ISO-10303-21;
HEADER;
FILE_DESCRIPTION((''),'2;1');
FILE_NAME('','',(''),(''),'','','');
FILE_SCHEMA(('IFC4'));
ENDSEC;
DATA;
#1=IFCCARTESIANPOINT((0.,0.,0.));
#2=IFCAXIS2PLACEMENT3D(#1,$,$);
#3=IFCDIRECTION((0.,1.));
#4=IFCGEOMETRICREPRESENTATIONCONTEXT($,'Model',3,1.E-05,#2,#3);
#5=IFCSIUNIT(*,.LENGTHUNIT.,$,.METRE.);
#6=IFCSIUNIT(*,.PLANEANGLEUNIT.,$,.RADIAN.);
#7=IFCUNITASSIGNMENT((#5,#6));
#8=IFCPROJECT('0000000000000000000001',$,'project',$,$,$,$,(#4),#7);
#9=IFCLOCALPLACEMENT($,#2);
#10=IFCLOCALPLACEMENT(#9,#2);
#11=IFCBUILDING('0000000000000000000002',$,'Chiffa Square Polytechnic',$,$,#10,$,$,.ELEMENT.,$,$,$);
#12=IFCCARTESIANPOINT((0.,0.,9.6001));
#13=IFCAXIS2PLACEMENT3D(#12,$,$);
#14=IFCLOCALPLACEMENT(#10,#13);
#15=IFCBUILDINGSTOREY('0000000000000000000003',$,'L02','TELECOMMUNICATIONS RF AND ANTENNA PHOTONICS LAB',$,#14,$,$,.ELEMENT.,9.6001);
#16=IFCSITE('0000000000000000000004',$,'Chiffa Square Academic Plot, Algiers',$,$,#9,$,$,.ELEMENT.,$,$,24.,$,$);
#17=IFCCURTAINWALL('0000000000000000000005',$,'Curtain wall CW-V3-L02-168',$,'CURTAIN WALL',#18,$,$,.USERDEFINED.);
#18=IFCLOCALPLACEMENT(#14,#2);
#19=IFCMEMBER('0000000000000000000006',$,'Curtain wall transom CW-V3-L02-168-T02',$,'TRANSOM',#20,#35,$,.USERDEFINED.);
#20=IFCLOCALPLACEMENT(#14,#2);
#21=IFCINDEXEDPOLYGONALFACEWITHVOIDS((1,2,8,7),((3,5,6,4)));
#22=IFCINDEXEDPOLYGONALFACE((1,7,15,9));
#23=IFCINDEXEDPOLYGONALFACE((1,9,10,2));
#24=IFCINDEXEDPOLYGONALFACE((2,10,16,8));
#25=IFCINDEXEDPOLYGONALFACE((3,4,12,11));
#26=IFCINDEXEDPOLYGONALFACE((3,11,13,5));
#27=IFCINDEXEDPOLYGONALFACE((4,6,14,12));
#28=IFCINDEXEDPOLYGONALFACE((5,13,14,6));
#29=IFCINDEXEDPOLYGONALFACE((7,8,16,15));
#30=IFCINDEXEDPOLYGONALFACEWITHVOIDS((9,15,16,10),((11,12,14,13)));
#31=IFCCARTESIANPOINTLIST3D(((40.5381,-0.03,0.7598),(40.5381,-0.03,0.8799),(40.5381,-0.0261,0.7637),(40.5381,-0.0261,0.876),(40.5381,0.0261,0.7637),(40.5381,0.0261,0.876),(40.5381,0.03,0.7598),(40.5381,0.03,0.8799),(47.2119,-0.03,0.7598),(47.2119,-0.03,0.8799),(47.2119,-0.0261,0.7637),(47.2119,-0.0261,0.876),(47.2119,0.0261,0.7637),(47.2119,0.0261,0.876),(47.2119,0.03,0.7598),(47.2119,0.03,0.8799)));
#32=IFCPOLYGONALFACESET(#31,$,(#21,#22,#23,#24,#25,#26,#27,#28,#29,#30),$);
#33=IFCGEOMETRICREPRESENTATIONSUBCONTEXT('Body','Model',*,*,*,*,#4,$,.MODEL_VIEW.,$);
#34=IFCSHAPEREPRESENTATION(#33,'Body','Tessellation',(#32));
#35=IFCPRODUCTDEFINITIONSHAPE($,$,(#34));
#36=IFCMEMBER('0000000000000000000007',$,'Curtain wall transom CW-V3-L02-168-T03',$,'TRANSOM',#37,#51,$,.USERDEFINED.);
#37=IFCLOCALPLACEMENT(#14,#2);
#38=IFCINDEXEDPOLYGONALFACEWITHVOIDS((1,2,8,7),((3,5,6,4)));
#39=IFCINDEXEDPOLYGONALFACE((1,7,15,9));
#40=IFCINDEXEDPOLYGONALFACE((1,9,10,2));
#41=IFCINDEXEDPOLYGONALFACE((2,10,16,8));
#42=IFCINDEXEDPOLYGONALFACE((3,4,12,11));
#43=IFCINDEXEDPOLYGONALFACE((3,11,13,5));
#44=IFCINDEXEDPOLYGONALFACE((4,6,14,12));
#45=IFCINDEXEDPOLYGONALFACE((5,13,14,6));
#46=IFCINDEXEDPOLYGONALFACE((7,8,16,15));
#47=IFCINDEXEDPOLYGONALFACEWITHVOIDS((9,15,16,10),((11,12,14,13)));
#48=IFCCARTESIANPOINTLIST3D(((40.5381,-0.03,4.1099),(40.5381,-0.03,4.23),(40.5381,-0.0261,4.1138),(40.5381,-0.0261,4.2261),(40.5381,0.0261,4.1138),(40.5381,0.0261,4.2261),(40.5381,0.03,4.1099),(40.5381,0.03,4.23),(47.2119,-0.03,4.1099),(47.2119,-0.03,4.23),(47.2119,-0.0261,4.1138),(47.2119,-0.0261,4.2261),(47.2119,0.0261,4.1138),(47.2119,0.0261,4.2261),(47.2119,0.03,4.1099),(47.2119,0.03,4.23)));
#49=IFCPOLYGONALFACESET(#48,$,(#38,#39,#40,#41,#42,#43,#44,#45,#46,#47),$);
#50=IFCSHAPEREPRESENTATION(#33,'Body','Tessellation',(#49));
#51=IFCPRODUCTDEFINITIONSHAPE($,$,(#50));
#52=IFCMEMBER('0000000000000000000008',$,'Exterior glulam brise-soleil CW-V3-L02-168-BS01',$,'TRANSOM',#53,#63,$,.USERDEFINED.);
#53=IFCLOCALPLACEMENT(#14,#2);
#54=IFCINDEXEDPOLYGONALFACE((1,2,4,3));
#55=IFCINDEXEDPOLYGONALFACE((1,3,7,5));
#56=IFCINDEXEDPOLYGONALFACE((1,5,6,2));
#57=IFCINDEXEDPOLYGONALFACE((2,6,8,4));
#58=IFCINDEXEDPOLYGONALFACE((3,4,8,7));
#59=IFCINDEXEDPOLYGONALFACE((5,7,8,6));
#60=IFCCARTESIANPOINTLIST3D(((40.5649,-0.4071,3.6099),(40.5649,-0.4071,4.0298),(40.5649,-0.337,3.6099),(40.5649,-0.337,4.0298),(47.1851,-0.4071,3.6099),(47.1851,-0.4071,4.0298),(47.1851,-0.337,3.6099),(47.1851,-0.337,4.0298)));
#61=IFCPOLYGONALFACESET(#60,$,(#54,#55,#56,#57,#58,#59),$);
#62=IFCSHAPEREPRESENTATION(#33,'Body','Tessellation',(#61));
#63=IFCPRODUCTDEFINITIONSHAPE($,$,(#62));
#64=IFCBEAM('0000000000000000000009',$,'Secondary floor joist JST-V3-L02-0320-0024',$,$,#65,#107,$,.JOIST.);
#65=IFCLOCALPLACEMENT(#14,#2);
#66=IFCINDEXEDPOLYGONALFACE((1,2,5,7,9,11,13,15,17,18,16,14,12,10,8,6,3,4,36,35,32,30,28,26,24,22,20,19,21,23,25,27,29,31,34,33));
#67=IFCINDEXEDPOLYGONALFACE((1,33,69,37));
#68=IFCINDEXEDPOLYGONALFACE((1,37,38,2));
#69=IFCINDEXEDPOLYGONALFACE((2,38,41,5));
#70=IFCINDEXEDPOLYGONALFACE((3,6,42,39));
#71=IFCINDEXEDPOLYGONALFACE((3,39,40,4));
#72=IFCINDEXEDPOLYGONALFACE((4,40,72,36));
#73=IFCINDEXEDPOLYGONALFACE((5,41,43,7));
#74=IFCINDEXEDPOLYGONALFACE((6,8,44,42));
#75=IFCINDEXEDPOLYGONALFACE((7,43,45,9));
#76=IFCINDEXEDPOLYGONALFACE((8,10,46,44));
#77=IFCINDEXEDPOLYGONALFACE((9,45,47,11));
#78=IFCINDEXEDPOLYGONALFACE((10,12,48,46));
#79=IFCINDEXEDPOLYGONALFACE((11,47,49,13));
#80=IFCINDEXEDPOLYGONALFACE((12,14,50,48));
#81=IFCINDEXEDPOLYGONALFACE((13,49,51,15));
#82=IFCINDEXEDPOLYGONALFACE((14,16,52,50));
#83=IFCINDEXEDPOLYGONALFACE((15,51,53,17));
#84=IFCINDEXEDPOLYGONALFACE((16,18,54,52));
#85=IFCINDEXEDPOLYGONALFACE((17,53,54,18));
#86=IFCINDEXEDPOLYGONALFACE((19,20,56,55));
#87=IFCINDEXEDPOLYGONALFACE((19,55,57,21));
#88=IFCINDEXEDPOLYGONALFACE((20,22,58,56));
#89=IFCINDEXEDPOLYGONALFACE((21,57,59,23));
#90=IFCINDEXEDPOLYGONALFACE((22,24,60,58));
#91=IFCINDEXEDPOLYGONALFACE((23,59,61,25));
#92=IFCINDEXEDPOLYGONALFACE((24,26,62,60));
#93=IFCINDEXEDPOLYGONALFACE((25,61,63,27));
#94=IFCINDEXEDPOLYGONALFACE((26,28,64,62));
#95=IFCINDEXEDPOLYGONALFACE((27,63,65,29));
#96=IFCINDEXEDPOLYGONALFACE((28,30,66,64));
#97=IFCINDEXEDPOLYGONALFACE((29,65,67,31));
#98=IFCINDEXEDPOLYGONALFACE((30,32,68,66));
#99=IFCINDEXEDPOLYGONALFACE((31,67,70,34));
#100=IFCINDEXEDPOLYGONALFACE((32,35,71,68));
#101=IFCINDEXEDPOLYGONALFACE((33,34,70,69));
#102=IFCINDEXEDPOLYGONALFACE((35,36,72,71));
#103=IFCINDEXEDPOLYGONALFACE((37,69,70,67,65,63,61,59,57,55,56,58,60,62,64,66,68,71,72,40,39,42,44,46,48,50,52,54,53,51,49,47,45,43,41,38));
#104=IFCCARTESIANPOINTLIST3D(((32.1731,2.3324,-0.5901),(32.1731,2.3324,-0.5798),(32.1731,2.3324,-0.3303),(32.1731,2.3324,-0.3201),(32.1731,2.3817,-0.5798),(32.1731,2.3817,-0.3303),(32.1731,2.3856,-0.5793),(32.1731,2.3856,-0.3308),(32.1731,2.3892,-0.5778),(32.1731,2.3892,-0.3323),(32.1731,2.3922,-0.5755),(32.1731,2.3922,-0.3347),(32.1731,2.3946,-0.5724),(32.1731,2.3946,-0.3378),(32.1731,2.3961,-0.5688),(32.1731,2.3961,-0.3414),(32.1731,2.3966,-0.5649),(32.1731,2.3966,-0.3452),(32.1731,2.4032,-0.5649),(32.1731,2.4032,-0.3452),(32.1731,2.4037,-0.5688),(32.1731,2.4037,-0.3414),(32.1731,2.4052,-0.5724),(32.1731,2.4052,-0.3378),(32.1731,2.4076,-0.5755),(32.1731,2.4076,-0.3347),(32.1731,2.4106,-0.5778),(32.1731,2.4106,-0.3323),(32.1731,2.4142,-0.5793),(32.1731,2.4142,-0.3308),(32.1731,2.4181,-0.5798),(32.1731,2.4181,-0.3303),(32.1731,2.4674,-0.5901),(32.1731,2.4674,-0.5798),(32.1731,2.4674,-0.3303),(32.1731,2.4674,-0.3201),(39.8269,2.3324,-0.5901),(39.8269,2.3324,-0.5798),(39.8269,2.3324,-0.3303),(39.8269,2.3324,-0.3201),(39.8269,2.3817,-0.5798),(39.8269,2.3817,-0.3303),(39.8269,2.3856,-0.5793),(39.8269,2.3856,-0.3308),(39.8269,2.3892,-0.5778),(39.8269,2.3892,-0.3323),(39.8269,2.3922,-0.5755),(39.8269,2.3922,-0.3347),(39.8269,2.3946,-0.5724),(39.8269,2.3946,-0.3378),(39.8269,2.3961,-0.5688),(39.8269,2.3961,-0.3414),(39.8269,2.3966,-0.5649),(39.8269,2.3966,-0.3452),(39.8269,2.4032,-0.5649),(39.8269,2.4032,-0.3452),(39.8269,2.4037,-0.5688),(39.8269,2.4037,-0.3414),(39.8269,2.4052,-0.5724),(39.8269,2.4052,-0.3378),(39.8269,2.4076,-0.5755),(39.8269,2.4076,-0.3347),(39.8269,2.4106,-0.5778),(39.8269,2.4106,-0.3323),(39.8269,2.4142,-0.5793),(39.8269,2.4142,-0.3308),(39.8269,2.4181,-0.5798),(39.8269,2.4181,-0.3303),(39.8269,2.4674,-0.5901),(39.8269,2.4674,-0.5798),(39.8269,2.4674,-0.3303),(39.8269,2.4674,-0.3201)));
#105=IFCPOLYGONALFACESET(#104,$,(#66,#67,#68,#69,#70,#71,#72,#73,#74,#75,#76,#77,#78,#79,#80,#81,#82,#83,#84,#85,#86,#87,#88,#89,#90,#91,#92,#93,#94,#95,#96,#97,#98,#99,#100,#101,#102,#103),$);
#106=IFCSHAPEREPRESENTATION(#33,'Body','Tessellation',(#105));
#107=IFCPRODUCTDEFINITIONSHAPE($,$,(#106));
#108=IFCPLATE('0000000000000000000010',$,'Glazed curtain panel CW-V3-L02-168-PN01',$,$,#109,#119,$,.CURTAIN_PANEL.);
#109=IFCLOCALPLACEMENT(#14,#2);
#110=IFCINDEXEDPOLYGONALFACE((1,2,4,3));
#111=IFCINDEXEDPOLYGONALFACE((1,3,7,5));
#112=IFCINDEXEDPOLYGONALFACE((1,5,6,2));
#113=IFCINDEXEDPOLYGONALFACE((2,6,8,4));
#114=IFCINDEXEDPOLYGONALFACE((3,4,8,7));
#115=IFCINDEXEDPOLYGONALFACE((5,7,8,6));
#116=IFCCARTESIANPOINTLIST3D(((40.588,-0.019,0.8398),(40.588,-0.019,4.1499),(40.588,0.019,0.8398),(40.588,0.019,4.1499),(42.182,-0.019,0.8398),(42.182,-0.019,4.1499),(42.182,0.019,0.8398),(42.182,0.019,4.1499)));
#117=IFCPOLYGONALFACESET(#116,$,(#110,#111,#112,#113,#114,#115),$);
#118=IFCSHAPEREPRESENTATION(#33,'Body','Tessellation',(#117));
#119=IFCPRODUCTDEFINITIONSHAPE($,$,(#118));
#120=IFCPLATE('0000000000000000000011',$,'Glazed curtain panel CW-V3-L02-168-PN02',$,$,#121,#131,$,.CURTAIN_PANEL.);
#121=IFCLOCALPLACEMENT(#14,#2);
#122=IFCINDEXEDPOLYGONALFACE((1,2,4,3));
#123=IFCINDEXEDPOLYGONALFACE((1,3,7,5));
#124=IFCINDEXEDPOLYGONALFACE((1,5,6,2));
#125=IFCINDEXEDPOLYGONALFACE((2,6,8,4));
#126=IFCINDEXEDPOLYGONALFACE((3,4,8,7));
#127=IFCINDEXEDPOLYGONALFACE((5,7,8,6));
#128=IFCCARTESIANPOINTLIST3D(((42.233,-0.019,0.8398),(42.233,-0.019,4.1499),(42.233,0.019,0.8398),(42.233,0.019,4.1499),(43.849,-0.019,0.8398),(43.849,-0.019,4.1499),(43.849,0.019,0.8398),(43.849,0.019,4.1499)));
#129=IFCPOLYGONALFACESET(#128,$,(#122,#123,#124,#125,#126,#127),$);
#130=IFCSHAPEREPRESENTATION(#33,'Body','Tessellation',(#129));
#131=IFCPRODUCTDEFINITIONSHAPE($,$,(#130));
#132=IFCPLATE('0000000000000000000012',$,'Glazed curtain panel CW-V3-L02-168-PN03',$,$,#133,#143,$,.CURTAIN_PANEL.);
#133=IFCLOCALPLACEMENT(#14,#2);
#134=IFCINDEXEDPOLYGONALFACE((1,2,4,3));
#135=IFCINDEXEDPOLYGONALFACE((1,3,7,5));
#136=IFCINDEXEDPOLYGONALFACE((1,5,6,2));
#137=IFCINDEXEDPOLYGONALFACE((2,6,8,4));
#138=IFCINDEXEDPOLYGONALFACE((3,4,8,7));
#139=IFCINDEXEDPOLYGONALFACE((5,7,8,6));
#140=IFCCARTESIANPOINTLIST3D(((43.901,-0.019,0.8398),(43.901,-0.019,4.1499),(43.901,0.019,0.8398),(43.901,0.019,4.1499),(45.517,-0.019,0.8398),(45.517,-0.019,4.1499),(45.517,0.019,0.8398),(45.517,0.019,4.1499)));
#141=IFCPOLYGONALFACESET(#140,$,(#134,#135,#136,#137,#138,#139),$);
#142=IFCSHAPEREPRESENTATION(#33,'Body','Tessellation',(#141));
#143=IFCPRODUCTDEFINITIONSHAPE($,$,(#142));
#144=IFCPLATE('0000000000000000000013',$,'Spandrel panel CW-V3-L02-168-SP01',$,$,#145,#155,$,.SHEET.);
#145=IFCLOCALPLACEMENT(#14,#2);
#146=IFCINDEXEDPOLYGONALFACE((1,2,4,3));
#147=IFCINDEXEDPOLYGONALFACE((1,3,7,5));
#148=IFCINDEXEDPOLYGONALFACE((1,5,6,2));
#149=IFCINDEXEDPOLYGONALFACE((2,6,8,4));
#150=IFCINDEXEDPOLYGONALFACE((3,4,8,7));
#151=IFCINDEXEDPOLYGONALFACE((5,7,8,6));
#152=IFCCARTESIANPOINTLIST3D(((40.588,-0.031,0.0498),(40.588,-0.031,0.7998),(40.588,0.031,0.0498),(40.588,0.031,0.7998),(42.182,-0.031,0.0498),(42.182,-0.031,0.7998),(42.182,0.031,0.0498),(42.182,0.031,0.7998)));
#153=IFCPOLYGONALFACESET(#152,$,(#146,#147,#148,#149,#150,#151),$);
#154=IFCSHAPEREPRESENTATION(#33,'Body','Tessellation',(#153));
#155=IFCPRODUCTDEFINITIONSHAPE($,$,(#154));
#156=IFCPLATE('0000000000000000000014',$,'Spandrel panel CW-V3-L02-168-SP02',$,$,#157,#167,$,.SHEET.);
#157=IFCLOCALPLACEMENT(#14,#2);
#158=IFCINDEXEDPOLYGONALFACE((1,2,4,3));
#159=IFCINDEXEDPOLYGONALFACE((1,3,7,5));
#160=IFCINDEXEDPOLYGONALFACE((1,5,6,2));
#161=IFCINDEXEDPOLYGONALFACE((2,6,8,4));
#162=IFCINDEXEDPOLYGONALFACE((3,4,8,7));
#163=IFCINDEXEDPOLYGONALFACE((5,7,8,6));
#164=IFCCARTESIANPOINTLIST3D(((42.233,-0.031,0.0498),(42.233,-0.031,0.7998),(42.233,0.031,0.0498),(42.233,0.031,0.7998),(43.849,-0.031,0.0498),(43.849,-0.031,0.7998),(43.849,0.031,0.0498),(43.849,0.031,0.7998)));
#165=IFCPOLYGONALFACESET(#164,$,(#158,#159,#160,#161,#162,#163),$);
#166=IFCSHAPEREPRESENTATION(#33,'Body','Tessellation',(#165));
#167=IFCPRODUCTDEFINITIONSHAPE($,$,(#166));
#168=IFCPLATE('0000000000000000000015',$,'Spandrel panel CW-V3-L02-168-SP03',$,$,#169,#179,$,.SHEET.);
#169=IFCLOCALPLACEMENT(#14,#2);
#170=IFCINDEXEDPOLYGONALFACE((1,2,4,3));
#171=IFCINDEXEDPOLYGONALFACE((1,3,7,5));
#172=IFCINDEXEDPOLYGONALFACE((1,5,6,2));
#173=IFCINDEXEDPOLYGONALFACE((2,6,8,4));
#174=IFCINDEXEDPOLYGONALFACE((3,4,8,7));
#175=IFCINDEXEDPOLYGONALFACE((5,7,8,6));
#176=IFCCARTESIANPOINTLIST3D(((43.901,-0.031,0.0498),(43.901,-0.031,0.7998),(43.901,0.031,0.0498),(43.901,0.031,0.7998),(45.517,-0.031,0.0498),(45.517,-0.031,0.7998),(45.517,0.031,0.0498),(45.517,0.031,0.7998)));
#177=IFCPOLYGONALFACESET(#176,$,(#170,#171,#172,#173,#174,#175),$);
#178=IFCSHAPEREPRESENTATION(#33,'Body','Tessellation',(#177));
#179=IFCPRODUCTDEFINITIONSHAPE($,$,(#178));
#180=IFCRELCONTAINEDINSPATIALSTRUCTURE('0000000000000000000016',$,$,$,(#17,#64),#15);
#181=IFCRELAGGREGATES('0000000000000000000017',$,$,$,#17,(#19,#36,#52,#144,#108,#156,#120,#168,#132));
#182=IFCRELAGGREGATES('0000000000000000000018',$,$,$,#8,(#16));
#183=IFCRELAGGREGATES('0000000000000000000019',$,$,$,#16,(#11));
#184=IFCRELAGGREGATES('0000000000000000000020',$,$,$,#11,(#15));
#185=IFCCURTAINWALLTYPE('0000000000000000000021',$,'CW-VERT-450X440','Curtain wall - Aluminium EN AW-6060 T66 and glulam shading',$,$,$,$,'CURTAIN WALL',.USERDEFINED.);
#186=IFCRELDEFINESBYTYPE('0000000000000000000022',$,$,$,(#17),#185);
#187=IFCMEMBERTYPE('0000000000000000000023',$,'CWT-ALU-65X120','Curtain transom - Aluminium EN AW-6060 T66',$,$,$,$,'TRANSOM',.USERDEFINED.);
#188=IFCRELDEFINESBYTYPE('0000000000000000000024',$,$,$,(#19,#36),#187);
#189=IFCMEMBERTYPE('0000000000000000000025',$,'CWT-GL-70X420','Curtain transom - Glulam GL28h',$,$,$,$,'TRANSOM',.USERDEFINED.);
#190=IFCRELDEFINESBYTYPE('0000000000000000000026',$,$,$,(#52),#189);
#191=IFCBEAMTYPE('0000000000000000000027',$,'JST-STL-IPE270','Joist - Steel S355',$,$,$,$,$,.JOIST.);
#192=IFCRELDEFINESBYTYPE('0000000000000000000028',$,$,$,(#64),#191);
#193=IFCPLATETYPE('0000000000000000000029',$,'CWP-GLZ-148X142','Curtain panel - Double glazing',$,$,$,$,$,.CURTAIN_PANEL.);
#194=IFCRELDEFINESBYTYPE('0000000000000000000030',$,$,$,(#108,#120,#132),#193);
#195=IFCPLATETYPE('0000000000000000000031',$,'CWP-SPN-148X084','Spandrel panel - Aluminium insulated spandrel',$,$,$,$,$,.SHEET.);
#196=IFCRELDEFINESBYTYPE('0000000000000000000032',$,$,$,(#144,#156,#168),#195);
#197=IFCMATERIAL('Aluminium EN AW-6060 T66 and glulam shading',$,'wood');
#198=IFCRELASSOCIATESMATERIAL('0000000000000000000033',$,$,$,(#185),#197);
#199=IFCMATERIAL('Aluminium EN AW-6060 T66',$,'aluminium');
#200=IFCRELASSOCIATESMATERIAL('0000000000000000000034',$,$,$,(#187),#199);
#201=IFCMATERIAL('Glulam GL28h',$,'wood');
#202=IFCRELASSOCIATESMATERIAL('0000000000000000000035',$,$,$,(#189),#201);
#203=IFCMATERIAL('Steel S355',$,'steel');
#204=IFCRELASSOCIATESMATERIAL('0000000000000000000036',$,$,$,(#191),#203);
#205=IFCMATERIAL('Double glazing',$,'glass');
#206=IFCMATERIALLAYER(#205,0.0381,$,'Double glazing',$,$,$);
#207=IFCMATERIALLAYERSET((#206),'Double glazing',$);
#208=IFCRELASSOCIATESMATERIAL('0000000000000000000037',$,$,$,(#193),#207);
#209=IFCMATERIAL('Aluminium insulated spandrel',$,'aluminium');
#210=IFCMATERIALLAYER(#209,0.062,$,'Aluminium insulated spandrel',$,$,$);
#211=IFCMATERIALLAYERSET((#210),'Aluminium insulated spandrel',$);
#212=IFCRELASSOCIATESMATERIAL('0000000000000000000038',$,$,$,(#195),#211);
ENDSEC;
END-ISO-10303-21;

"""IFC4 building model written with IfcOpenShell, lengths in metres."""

from ifc_helpers import new_model, si_unit, direction, frame, origin, origin_2d, place, context, subcontext, project, spatial, rectangle, hollow_rectangle, i_section, extrude, material, layer, layer_set, material_profile, profile_set, type_object, element, aggregate, save


model = new_model("IFC4")

# Units and contexts
model_context = context("Model", 3, precision=1e-05, world=origin(), true_north=direction((0.0, 1.0)))
body_context = subcontext(model_context, "Body", "Model", "MODEL_VIEW")
ifc_project = project(units=[si_unit("LENGTHUNIT", "METRE"), si_unit("PLANEANGLEUNIT", "RADIAN")], contexts=[model_context])

# Site, building, storey
site_placement = place(None, origin())
site = spatial("IfcSite", under=ifc_project, at=site_placement, Name="Chiffa Square Academic Plot, Algiers", CompositionType="ELEMENT", RefElevation=24.0)
building_placement = place(site_placement, origin())
building = spatial("IfcBuilding", under=site, at=building_placement, Name="Chiffa Square Polytechnic", CompositionType="ELEMENT")
storey_placement = place(building_placement, frame((0.0, 0.0, 9.6001)))
storey = spatial("IfcBuildingStorey", under=building, at=storey_placement, Name="L02", Description="TELECOMMUNICATIONS RF AND ANTENNA PHOTONICS LAB", CompositionType="ELEMENT", Elevation=9.6001)

# Curtain wall, members
ifc_material_1 = material(Name="Aluminium EN AW-6060 T66 and glulam shading", Category="wood")
curtain_wall_type = type_object("IfcCurtainWallType", Name="CW-VERT-450X440", Description="Curtain wall - Aluminium EN AW-6060 T66 and glulam shading", ElementType="CURTAIN WALL", PredefinedType="USERDEFINED", material=ifc_material_1)
curtain_wall_placement = place(storey_placement, origin())
curtain_wall = element("IfcCurtainWall", 1, at=curtain_wall_placement, inside=storey, type_object=curtain_wall_type, Name="Curtain wall CW-V3-L02-168", ObjectType="CURTAIN WALL", PredefinedType="USERDEFINED")
ifc_material_2 = material(Name="Aluminium EN AW-6060 T66", Category="aluminium")
ifc_material_3 = material(Name="Glulam GL28h", Category="wood")
ifc_material_profile_1 = material_profile(ifc_material_2, hollow_rectangle(XDim=0.0601, YDim=0.1201, WallThickness=0.0039, at=origin_2d()), Name="ALU 60x120x4")
ifc_profile_set_1 = profile_set([ifc_material_profile_1], Name="Aluminium EN AW-6060 T66")
member_type_1 = type_object("IfcMemberType", Name="CWT-ALU-65X120", Description="Curtain transom - Aluminium EN AW-6060 T66", ElementType="TRANSOM", PredefinedType="USERDEFINED", material=ifc_profile_set_1)
member_1_placement = place(storey_placement, frame((40.5381, 0.0, 0.8198), z_axis=(1.0, 0.0, 0.0), x_axis=(0.0, 1.0, 0.0)))
member_1 = element("IfcMember", 2, at=member_1_placement, type_object=member_type_1, Name="Curtain wall transom CW-V3-L02-168-T02", ObjectType="TRANSOM", PredefinedType="USERDEFINED", context=body_context, shape_type="SweptSolid", body=[
    extrude(hollow_rectangle(XDim=0.0601, YDim=0.1201, WallThickness=0.0039, at=origin_2d()), origin(), (0.0, 0.0, 1.0), 6.6738),
])
member_2_placement = place(storey_placement, frame((40.5381, 0.0, 4.1699), z_axis=(1.0, 0.0, 0.0), x_axis=(0.0, 1.0, 0.0)))
member_2 = element("IfcMember", 3, at=member_2_placement, type_object=member_type_1, Name="Curtain wall transom CW-V3-L02-168-T03", ObjectType="TRANSOM", PredefinedType="USERDEFINED", context=body_context, shape_type="SweptSolid", body=[
    extrude(hollow_rectangle(XDim=0.0601, YDim=0.1201, WallThickness=0.0039, at=origin_2d()), origin(), (0.0, 0.0, 1.0), 6.6738),
])
ifc_material_profile_2 = material_profile(ifc_material_3, rectangle(XDim=0.0701, YDim=0.4199, at=origin_2d()), Name="GL28h 70x420")
ifc_profile_set_2 = profile_set([ifc_material_profile_2], Name="Glulam GL28h")
member_type_2 = type_object("IfcMemberType", Name="CWT-GL-70X420", Description="Curtain transom - Glulam GL28h", ElementType="TRANSOM", PredefinedType="USERDEFINED", material=ifc_profile_set_2)
member_3_placement = place(storey_placement, frame((40.5649, -0.3721, 3.8198), z_axis=(1.0, 0.0, 0.0), x_axis=(0.0, 1.0, 0.0)))
member_3 = element("IfcMember", 4, at=member_3_placement, type_object=member_type_2, Name="Exterior glulam brise-soleil CW-V3-L02-168-BS01", ObjectType="TRANSOM", PredefinedType="USERDEFINED", context=body_context, shape_type="SweptSolid", body=[
    extrude(rectangle(XDim=0.0701, YDim=0.4199, at=origin_2d()), origin(), (0.0, 0.0, 1.0), 6.6201),
])

# Beam
ifc_material_4 = material(Name="Steel S355", Category="steel")
ifc_material_profile_3 = material_profile(ifc_material_4, i_section(OverallWidth=0.135, OverallDepth=0.27, WebThickness=0.0066, FlangeThickness=0.0103, FilletRadius=0.0149, at=origin_2d()), Name="IPE 270")
ifc_profile_set_3 = profile_set([ifc_material_profile_3], Name="Steel S355")
beam_type_1 = type_object("IfcBeamType", Name="JST-STL-IPE270", Description="Joist - Steel S355", PredefinedType="JOIST", material=ifc_profile_set_3)
beam_1_placement = place(storey_placement, frame((32.1731, 2.3999, -0.4551), z_axis=(1.0, 0.0, 0.0), x_axis=(0.0, 1.0, 0.0)))
element("IfcBeam", 5, at=beam_1_placement, inside=storey, type_object=beam_type_1, Name="Secondary floor joist JST-V3-L02-0320-0024", PredefinedType="JOIST", context=body_context, shape_type="SweptSolid", body=[
    extrude(i_section(OverallWidth=0.135, OverallDepth=0.27, WebThickness=0.0066, FlangeThickness=0.0103, FilletRadius=0.0149, at=origin_2d()), origin(), (0.0, 0.0, 1.0), 7.6538),
])

# Plates
ifc_material_5 = material(Name="Double glazing", Category="glass")
ifc_layer_1 = layer(ifc_material_5, 0.0381, Name="Double glazing")
ifc_layer_set_1 = layer_set([ifc_layer_1], Name="Double glazing")
plate_type_1 = type_object("IfcPlateType", Name="CWP-GLZ-148X142", Description="Curtain panel - Double glazing", PredefinedType="CURTAIN_PANEL", material=ifc_layer_set_1)
plate_1_placement = place(storey_placement, frame((41.385, 0.0, 0.8398), z_axis=(0.0, 0.0, 1.0), x_axis=(1.0, 0.0, 0.0)))
plate_1 = element("IfcPlate", 6, at=plate_1_placement, type_object=plate_type_1, Name="Glazed curtain panel CW-V3-L02-168-PN01", PredefinedType="CURTAIN_PANEL", context=body_context, shape_type="SweptSolid", body=[
    extrude(rectangle(XDim=1.594, YDim=0.0381, at=origin_2d()), origin(), (0.0, 0.0, 1.0), 3.3101),
])
plate_2_placement = place(storey_placement, frame((43.041, 0.0, 0.8398), z_axis=(0.0, 0.0, 1.0), x_axis=(1.0, 0.0, 0.0)))
plate_2 = element("IfcPlate", 7, at=plate_2_placement, type_object=plate_type_1, Name="Glazed curtain panel CW-V3-L02-168-PN02", PredefinedType="CURTAIN_PANEL", context=body_context, shape_type="SweptSolid", body=[
    extrude(rectangle(XDim=1.616, YDim=0.0381, at=origin_2d()), origin(), (0.0, 0.0, 1.0), 3.3101),
])
plate_3_placement = place(storey_placement, frame((44.709, 0.0, 0.8398), z_axis=(0.0, 0.0, 1.0), x_axis=(1.0, 0.0, 0.0)))
plate_3 = element("IfcPlate", 8, at=plate_3_placement, type_object=plate_type_1, Name="Glazed curtain panel CW-V3-L02-168-PN03", PredefinedType="CURTAIN_PANEL", context=body_context, shape_type="SweptSolid", body=[
    extrude(rectangle(XDim=1.616, YDim=0.0381, at=origin_2d()), origin(), (0.0, 0.0, 1.0), 3.3101),
])
ifc_material_6 = material(Name="Aluminium insulated spandrel", Category="aluminium")
ifc_layer_2 = layer(ifc_material_6, 0.062, Name="Aluminium insulated spandrel")
ifc_layer_set_2 = layer_set([ifc_layer_2], Name="Aluminium insulated spandrel")
plate_type_2 = type_object("IfcPlateType", Name="CWP-SPN-148X084", Description="Spandrel panel - Aluminium insulated spandrel", PredefinedType="SHEET", material=ifc_layer_set_2)
plate_4_placement = place(storey_placement, frame((41.385, 0.0, 0.0498), z_axis=(0.0, 0.0, 1.0), x_axis=(1.0, 0.0, 0.0)))
plate_4 = element("IfcPlate", 9, at=plate_4_placement, type_object=plate_type_2, Name="Spandrel panel CW-V3-L02-168-SP01", PredefinedType="SHEET", context=body_context, shape_type="SweptSolid", body=[
    extrude(rectangle(XDim=1.594, YDim=0.062, at=origin_2d()), origin(), (0.0, 0.0, 1.0), 0.75),
])
plate_5_placement = place(storey_placement, frame((43.041, 0.0, 0.0498), z_axis=(0.0, 0.0, 1.0), x_axis=(1.0, 0.0, 0.0)))
plate_5 = element("IfcPlate", 10, at=plate_5_placement, type_object=plate_type_2, Name="Spandrel panel CW-V3-L02-168-SP02", PredefinedType="SHEET", context=body_context, shape_type="SweptSolid", body=[
    extrude(rectangle(XDim=1.616, YDim=0.062, at=origin_2d()), origin(), (0.0, 0.0, 1.0), 0.75),
])
plate_6_placement = place(storey_placement, frame((44.709, 0.0, 0.0498), z_axis=(0.0, 0.0, 1.0), x_axis=(1.0, 0.0, 0.0)))
plate_6 = element("IfcPlate", 11, at=plate_6_placement, type_object=plate_type_2, Name="Spandrel panel CW-V3-L02-168-SP03", PredefinedType="SHEET", context=body_context, shape_type="SweptSolid", body=[
    extrude(rectangle(XDim=1.616, YDim=0.062, at=origin_2d()), origin(), (0.0, 0.0, 1.0), 0.75),
])
aggregate(curtain_wall, [member_1, member_2, member_3, plate_4, plate_1, plate_5, plate_2, plate_6, plate_3])

save(model, "model.ifc")
